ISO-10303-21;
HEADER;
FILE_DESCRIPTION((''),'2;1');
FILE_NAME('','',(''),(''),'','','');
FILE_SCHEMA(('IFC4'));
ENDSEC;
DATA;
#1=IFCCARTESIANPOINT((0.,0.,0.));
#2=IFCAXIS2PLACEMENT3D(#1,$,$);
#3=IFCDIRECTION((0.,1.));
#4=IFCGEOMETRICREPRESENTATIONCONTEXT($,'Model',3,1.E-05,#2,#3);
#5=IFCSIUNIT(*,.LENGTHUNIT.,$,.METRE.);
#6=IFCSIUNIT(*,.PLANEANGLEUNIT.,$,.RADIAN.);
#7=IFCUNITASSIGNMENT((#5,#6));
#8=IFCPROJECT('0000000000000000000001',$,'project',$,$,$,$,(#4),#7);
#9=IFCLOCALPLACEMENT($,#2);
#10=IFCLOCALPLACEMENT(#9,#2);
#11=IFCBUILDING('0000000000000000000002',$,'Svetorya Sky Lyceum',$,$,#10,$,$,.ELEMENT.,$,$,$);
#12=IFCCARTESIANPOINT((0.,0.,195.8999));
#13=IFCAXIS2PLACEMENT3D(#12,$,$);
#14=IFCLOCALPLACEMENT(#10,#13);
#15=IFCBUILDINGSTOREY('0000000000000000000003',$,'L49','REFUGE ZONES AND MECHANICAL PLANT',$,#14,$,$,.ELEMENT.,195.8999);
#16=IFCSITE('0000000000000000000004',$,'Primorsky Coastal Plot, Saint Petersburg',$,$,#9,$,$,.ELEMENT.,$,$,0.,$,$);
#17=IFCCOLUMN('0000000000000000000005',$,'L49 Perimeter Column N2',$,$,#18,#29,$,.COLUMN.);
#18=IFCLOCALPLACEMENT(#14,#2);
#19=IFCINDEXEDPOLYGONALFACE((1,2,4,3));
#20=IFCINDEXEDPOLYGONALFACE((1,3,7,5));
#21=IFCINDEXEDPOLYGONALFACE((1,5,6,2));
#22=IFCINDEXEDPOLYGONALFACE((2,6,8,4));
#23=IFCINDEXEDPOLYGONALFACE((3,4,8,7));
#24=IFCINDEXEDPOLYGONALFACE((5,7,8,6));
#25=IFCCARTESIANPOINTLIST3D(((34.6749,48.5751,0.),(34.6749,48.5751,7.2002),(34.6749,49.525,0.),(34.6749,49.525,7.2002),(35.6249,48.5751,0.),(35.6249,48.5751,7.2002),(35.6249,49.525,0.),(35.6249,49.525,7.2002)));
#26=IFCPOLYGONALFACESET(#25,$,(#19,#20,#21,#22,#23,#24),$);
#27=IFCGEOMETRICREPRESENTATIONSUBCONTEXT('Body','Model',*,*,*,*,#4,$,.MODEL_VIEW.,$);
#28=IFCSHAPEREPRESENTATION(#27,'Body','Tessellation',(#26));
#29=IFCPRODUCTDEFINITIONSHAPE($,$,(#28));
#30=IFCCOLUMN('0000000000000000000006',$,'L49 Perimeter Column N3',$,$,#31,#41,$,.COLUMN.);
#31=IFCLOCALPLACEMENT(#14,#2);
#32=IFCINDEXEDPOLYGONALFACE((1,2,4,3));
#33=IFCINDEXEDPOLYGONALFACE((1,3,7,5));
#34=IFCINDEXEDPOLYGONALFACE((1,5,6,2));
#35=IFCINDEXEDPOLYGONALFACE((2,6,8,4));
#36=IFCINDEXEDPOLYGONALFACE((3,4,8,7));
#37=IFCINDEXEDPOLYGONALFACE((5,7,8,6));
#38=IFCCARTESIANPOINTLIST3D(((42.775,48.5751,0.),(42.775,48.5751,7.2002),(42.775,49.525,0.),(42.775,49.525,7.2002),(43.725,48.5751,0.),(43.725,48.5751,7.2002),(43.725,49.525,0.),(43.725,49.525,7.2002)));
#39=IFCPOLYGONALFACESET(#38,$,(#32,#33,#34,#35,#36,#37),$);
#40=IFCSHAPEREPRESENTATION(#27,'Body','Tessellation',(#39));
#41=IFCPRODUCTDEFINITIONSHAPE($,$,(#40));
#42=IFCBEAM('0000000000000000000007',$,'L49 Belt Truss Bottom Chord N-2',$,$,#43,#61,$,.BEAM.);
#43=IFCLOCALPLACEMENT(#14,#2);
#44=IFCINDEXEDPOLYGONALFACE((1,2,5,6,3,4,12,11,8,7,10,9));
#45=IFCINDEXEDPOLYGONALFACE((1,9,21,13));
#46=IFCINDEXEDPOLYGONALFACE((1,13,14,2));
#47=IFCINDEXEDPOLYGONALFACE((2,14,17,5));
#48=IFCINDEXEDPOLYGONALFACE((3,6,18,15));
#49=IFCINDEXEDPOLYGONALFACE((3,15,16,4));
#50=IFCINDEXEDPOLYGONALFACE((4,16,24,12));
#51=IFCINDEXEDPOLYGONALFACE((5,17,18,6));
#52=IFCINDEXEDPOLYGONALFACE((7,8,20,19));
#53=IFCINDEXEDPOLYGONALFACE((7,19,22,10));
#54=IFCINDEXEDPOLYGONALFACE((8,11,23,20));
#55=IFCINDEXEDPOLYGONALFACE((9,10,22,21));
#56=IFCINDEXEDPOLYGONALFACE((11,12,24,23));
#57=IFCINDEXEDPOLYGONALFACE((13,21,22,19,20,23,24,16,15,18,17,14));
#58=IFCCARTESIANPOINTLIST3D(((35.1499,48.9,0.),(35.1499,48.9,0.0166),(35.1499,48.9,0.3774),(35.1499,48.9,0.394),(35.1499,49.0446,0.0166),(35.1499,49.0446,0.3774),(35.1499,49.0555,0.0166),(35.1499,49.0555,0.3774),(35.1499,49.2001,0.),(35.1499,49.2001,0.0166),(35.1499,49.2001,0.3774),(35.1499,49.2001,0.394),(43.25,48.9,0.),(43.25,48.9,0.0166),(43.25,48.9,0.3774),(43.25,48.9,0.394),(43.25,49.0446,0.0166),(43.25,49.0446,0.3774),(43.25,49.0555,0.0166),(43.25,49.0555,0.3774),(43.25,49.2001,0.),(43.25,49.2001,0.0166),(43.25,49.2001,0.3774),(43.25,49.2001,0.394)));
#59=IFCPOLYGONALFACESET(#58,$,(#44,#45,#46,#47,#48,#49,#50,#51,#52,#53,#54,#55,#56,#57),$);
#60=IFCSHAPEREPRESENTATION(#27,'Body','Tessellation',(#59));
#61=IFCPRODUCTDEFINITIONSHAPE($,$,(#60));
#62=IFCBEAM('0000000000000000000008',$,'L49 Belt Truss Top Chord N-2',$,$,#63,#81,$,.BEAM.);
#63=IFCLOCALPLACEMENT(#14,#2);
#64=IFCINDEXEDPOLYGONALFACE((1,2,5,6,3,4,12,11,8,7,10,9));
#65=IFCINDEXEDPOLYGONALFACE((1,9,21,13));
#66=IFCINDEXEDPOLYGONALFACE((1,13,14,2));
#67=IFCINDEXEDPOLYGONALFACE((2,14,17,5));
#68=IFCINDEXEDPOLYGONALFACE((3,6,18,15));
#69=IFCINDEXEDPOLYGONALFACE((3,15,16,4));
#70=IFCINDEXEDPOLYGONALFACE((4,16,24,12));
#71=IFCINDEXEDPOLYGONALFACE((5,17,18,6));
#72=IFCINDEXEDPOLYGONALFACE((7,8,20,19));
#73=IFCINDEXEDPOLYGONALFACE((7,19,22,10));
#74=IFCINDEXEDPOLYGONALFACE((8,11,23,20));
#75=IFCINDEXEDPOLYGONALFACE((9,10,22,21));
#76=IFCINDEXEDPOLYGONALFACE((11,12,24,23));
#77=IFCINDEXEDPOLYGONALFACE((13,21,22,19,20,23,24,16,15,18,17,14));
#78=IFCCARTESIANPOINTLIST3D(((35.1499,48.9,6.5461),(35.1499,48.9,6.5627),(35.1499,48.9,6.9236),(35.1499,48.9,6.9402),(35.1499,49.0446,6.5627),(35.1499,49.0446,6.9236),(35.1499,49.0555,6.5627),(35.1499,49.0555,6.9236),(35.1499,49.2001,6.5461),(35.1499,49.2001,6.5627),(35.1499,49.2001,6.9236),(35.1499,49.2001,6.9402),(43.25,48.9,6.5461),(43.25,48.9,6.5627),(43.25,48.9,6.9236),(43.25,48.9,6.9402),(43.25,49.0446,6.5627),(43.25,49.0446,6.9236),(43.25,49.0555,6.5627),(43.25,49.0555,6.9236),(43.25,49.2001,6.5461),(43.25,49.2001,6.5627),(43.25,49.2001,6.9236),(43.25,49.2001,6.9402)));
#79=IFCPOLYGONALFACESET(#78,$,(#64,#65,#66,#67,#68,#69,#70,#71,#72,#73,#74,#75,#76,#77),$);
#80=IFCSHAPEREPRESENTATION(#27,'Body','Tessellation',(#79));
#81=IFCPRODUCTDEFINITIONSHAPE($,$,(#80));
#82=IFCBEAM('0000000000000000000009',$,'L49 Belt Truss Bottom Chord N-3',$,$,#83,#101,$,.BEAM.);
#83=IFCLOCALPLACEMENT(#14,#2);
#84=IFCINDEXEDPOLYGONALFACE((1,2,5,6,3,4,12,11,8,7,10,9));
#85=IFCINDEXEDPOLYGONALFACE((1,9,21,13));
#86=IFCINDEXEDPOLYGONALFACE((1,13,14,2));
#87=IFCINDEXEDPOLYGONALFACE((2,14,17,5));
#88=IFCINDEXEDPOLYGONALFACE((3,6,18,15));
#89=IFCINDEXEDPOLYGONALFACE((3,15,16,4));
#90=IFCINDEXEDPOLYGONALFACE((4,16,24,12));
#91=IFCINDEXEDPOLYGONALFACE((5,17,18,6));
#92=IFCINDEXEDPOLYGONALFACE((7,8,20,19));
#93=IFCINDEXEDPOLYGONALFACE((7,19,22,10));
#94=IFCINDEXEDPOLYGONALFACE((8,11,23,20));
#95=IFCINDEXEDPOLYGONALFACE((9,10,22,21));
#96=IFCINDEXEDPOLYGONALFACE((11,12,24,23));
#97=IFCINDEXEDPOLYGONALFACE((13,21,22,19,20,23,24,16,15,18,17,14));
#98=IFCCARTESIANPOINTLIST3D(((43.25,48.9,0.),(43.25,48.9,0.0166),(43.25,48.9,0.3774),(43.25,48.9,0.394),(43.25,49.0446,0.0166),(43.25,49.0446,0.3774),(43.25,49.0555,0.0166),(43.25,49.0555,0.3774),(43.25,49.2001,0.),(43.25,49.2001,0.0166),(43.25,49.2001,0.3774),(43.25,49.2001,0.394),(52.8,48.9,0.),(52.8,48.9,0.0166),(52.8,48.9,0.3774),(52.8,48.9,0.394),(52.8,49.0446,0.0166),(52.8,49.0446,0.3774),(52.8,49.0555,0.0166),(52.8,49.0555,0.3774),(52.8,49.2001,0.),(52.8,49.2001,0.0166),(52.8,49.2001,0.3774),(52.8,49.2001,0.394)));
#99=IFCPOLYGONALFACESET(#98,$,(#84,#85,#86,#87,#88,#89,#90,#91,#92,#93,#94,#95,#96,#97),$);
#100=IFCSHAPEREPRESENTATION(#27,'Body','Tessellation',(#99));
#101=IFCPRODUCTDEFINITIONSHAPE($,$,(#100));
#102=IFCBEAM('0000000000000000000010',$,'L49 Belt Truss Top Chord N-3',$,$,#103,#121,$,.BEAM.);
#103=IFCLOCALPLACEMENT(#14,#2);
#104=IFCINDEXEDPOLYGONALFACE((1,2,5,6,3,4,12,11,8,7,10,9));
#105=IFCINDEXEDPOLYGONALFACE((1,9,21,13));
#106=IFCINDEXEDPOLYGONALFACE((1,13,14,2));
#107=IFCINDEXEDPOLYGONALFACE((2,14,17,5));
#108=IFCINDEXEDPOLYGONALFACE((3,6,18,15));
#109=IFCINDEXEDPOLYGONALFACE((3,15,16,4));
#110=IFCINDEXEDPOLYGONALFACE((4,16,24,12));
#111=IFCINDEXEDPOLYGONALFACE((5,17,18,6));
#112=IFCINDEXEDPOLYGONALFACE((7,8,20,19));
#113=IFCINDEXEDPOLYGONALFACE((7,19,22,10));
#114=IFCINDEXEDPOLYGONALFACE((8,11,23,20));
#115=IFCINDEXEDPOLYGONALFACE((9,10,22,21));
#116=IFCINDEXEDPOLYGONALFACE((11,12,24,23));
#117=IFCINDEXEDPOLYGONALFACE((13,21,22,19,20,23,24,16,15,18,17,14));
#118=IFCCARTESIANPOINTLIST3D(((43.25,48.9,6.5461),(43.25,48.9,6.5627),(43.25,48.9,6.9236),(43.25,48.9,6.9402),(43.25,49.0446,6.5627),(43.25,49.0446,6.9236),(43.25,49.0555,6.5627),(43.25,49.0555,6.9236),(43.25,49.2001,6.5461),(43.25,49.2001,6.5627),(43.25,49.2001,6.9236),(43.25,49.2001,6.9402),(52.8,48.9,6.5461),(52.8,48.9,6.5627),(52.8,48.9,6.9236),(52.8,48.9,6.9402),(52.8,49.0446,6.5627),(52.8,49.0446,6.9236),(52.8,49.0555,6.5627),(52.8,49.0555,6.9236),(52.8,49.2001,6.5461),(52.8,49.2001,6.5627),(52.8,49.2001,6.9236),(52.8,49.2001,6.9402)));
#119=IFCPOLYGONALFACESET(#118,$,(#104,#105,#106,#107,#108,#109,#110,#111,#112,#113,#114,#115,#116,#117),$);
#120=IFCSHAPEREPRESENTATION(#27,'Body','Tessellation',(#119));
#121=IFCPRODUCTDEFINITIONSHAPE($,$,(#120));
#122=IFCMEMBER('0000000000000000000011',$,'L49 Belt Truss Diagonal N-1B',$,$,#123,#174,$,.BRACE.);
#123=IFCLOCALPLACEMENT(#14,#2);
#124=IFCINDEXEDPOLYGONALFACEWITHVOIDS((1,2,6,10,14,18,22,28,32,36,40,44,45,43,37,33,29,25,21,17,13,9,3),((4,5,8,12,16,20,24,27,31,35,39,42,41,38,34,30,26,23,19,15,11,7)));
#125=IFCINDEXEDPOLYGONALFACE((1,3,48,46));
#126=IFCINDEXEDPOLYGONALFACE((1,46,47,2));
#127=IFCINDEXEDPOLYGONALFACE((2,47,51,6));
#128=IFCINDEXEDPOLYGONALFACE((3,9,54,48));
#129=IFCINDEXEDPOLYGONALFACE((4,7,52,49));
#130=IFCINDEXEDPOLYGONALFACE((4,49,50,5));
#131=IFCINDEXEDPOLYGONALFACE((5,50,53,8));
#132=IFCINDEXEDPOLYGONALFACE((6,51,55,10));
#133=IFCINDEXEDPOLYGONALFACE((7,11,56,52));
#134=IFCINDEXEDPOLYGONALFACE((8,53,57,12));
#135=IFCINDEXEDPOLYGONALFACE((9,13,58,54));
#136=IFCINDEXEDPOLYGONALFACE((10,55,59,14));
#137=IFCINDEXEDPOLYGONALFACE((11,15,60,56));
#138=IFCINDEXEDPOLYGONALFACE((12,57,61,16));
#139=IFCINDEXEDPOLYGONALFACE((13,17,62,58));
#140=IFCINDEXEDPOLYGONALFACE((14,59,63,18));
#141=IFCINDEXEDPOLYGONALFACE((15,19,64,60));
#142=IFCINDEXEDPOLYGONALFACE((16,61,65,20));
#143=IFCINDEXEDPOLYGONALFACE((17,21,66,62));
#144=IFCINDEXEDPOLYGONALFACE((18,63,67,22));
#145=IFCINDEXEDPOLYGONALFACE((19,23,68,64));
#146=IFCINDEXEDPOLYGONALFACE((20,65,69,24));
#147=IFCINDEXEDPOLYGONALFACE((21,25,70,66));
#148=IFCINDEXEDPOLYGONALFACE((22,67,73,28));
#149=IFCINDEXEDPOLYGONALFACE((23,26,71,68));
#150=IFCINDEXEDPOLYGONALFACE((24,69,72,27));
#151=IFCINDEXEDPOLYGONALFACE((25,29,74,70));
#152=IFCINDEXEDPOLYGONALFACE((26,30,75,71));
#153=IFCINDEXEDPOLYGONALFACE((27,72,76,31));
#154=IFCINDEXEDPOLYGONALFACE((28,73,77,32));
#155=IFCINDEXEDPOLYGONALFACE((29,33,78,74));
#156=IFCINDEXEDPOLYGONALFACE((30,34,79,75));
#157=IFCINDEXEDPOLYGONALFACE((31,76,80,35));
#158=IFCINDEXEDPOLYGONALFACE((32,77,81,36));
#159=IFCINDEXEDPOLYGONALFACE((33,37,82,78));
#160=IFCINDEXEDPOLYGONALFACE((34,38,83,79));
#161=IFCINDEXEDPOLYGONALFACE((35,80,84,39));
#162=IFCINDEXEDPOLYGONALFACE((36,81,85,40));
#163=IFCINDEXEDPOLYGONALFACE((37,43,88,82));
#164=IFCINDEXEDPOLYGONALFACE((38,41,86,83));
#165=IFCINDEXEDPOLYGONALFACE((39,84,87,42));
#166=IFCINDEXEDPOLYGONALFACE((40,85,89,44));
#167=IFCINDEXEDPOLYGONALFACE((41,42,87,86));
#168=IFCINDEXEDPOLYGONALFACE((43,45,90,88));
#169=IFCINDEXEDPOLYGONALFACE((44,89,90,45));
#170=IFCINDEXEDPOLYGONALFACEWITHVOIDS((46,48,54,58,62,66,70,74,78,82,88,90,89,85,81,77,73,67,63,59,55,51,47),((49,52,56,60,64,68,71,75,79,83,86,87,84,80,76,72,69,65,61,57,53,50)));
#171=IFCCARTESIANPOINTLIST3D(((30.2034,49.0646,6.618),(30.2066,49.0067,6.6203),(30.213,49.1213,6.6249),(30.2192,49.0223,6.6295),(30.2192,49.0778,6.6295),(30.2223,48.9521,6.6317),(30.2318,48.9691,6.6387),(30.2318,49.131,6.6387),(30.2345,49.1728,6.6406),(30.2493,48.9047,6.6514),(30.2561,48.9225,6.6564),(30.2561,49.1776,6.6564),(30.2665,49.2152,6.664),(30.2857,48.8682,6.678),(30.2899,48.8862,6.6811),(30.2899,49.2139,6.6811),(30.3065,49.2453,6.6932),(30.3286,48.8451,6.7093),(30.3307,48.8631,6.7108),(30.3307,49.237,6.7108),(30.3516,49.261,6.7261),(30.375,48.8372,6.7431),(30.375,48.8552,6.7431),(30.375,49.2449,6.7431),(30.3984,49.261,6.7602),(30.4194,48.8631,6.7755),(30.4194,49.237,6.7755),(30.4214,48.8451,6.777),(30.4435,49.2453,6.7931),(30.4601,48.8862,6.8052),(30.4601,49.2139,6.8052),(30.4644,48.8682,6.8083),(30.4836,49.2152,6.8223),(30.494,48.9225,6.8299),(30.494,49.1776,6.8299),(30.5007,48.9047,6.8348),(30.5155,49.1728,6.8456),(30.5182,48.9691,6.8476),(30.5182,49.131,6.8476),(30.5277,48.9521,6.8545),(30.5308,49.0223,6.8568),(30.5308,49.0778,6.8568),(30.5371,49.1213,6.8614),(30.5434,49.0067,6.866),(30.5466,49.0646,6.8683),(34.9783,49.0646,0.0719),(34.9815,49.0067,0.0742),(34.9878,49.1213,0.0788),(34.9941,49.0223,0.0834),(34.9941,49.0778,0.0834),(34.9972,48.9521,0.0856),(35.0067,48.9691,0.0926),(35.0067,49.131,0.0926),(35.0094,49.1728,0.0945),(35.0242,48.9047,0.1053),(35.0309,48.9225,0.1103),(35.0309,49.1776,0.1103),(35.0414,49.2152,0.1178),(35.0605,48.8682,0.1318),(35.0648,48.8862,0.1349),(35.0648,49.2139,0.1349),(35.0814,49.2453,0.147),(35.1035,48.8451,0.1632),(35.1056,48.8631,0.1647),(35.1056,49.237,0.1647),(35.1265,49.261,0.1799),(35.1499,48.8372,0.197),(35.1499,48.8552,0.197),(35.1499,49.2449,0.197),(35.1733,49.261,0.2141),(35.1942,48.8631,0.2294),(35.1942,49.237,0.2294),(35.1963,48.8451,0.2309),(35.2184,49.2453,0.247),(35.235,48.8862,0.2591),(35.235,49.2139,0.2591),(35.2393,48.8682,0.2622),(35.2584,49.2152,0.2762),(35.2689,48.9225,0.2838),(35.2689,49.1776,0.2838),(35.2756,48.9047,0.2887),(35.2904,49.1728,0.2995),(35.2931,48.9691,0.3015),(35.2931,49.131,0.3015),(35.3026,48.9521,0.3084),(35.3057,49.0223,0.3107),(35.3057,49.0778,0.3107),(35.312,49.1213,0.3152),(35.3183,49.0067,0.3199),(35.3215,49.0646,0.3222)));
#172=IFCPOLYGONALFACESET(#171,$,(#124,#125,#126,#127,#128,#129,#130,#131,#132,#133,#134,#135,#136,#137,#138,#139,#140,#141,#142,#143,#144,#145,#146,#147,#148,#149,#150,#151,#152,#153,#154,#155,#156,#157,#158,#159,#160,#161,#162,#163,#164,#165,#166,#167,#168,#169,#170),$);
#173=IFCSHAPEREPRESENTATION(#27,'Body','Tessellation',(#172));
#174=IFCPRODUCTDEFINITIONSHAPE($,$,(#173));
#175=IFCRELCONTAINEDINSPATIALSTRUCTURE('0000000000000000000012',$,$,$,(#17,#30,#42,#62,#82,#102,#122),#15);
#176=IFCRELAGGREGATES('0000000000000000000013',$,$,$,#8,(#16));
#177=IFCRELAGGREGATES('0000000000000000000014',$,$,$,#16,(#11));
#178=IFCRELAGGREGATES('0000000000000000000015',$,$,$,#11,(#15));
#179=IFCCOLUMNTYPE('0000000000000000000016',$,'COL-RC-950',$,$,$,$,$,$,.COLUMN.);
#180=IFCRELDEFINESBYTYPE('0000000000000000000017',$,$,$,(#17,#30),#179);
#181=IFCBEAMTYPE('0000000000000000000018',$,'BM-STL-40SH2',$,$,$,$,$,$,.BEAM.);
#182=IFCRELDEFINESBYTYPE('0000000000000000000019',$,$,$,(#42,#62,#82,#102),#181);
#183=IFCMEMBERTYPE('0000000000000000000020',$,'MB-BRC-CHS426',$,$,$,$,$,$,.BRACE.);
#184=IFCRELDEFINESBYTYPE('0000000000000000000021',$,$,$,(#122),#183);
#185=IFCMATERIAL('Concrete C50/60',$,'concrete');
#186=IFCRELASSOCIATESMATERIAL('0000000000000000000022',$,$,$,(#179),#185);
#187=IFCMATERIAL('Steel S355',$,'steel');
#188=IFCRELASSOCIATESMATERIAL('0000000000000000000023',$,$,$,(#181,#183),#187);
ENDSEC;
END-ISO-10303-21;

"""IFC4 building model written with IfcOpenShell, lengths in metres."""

from ifc_helpers import new_model, si_unit, direction, frame, origin, origin_2d, place, context, subcontext, project, spatial, rectangle, hollow_circle, i_section, extrude, material, material_profile, profile_set, type_object, element, save


model = new_model("IFC4")

# Units and contexts
model_context = context("Model", 3, precision=1e-05, world=origin(), true_north=direction((0.0, 1.0)))
body_context = subcontext(model_context, "Body", "Model", "MODEL_VIEW")
ifc_project = project(units=[si_unit("LENGTHUNIT", "METRE"), si_unit("PLANEANGLEUNIT", "RADIAN")], contexts=[model_context])

# Site, building, storey
site_placement = place(None, origin())
site = spatial("IfcSite", under=ifc_project, at=site_placement, Name="Primorsky Coastal Plot, Saint Petersburg", CompositionType="ELEMENT", RefElevation=0.0)
building_placement = place(site_placement, origin())
building = spatial("IfcBuilding", under=site, at=building_placement, Name="Svetorya Sky Lyceum", CompositionType="ELEMENT")
storey_placement = place(building_placement, frame((0.0, 0.0, 195.8999)))
storey = spatial("IfcBuildingStorey", under=building, at=storey_placement, Name="L49", Description="REFUGE ZONES AND MECHANICAL PLANT", CompositionType="ELEMENT", Elevation=195.8999)

# Columns
ifc_material_1 = material(Name="Concrete C50/60", Category="concrete")
ifc_material_profile_1 = material_profile(ifc_material_1, rectangle(XDim=0.95, YDim=0.95, at=origin_2d()), Name="RC COL 950x950")
ifc_profile_set_1 = profile_set([ifc_material_profile_1], Name="Concrete C50/60")
column_type = type_object("IfcColumnType", Name="COL-RC-950", PredefinedType="COLUMN", material=ifc_profile_set_1)
for number, where, z_axis, x_axis, name in (
    (1, (35.1499, 49.05, 0.0), (0.0, 0.0, 1.0), (1.0, 0.0, 0.0), "L49 Perimeter Column N2"),
    (2, (43.25, 49.05, 0.0), (0.0, 0.0, 1.0), (1.0, 0.0, 0.0), "L49 Perimeter Column N3"),
):
    element("IfcColumn", number, at=place(storey_placement, frame(where, z_axis=z_axis, x_axis=x_axis)), inside=storey, type_object=column_type, Name=name, PredefinedType="COLUMN", context=body_context, shape_type="SweptSolid", body=[
        extrude(rectangle(XDim=0.95, YDim=0.95, at=origin_2d()), origin(), (0.0, 0.0, 1.0), 7.2002),
    ])

# Beams
ifc_material_2 = material(Name="Steel S355", Category="steel")
ifc_material_profile_2 = material_profile(ifc_material_2, i_section(OverallWidth=0.3, OverallDepth=0.394, WebThickness=0.011, FlangeThickness=0.0166, at=origin_2d()), Name="GOST 40Sh2")
ifc_profile_set_2 = profile_set([ifc_material_profile_2], Name="Steel S355")
beam_type = type_object("IfcBeamType", Name="BM-STL-40SH2", PredefinedType="BEAM", material=ifc_profile_set_2)
for number, where, z_axis, x_axis, name in (
    (3, (35.1499, 49.05, 0.197), (1.0, 0.0, 0.0), (0.0, 1.0, 0.0), "L49 Belt Truss Bottom Chord N-2"),
    (4, (35.1499, 49.05, 6.7432), (1.0, 0.0, 0.0), (0.0, 1.0, 0.0), "L49 Belt Truss Top Chord N-2"),
):
    element("IfcBeam", number, at=place(storey_placement, frame(where, z_axis=z_axis, x_axis=x_axis)), inside=storey, type_object=beam_type, Name=name, PredefinedType="BEAM", context=body_context, shape_type="SweptSolid", body=[
        extrude(i_section(OverallWidth=0.3, OverallDepth=0.394, WebThickness=0.011, FlangeThickness=0.0166, at=origin_2d()), origin(), (0.0, 0.0, 1.0), 8.1001),
    ])
for number, where, z_axis, x_axis, name in (
    (5, (43.25, 49.05, 0.197), (1.0, 0.0, 0.0), (0.0, 1.0, 0.0), "L49 Belt Truss Bottom Chord N-3"),
    (6, (43.25, 49.05, 6.7432), (1.0, 0.0, 0.0), (0.0, 1.0, 0.0), "L49 Belt Truss Top Chord N-3"),
):
    element("IfcBeam", number, at=place(storey_placement, frame(where, z_axis=z_axis, x_axis=x_axis)), inside=storey, type_object=beam_type, Name=name, PredefinedType="BEAM", context=body_context, shape_type="SweptSolid", body=[
        extrude(i_section(OverallWidth=0.3, OverallDepth=0.394, WebThickness=0.011, FlangeThickness=0.0166, at=origin_2d()), origin(), (0.0, 0.0, 1.0), 9.55),
    ])

# Member
ifc_material_profile_3 = material_profile(ifc_material_2, hollow_circle(Radius=0.2129, WallThickness=0.0181, at=origin_2d()), Name="CHS 426x18")
ifc_profile_set_3 = profile_set([ifc_material_profile_3], Name="Steel S355")
member_type_1 = type_object("IfcMemberType", Name="MB-BRC-CHS426", PredefinedType="BRACE", material=ifc_profile_set_3)
member_1_placement = place(storey_placement, frame((35.1499, 49.05, 0.197), z_axis=(-0.589307, 0.0, 0.807909), x_axis=(0.0, -1.0, 0.0)))
element("IfcMember", 7, at=member_1_placement, inside=storey, type_object=member_type_1, Name="L49 Belt Truss Diagonal N-1B", PredefinedType="BRACE", context=body_context, shape_type="SweptSolid", body=[
    extrude(hollow_circle(Radius=0.2129, WallThickness=0.0181, at=origin_2d()), origin(), (0.0, 0.0, 1.0), 8.1025),
])

save(model, "model.ifc")
